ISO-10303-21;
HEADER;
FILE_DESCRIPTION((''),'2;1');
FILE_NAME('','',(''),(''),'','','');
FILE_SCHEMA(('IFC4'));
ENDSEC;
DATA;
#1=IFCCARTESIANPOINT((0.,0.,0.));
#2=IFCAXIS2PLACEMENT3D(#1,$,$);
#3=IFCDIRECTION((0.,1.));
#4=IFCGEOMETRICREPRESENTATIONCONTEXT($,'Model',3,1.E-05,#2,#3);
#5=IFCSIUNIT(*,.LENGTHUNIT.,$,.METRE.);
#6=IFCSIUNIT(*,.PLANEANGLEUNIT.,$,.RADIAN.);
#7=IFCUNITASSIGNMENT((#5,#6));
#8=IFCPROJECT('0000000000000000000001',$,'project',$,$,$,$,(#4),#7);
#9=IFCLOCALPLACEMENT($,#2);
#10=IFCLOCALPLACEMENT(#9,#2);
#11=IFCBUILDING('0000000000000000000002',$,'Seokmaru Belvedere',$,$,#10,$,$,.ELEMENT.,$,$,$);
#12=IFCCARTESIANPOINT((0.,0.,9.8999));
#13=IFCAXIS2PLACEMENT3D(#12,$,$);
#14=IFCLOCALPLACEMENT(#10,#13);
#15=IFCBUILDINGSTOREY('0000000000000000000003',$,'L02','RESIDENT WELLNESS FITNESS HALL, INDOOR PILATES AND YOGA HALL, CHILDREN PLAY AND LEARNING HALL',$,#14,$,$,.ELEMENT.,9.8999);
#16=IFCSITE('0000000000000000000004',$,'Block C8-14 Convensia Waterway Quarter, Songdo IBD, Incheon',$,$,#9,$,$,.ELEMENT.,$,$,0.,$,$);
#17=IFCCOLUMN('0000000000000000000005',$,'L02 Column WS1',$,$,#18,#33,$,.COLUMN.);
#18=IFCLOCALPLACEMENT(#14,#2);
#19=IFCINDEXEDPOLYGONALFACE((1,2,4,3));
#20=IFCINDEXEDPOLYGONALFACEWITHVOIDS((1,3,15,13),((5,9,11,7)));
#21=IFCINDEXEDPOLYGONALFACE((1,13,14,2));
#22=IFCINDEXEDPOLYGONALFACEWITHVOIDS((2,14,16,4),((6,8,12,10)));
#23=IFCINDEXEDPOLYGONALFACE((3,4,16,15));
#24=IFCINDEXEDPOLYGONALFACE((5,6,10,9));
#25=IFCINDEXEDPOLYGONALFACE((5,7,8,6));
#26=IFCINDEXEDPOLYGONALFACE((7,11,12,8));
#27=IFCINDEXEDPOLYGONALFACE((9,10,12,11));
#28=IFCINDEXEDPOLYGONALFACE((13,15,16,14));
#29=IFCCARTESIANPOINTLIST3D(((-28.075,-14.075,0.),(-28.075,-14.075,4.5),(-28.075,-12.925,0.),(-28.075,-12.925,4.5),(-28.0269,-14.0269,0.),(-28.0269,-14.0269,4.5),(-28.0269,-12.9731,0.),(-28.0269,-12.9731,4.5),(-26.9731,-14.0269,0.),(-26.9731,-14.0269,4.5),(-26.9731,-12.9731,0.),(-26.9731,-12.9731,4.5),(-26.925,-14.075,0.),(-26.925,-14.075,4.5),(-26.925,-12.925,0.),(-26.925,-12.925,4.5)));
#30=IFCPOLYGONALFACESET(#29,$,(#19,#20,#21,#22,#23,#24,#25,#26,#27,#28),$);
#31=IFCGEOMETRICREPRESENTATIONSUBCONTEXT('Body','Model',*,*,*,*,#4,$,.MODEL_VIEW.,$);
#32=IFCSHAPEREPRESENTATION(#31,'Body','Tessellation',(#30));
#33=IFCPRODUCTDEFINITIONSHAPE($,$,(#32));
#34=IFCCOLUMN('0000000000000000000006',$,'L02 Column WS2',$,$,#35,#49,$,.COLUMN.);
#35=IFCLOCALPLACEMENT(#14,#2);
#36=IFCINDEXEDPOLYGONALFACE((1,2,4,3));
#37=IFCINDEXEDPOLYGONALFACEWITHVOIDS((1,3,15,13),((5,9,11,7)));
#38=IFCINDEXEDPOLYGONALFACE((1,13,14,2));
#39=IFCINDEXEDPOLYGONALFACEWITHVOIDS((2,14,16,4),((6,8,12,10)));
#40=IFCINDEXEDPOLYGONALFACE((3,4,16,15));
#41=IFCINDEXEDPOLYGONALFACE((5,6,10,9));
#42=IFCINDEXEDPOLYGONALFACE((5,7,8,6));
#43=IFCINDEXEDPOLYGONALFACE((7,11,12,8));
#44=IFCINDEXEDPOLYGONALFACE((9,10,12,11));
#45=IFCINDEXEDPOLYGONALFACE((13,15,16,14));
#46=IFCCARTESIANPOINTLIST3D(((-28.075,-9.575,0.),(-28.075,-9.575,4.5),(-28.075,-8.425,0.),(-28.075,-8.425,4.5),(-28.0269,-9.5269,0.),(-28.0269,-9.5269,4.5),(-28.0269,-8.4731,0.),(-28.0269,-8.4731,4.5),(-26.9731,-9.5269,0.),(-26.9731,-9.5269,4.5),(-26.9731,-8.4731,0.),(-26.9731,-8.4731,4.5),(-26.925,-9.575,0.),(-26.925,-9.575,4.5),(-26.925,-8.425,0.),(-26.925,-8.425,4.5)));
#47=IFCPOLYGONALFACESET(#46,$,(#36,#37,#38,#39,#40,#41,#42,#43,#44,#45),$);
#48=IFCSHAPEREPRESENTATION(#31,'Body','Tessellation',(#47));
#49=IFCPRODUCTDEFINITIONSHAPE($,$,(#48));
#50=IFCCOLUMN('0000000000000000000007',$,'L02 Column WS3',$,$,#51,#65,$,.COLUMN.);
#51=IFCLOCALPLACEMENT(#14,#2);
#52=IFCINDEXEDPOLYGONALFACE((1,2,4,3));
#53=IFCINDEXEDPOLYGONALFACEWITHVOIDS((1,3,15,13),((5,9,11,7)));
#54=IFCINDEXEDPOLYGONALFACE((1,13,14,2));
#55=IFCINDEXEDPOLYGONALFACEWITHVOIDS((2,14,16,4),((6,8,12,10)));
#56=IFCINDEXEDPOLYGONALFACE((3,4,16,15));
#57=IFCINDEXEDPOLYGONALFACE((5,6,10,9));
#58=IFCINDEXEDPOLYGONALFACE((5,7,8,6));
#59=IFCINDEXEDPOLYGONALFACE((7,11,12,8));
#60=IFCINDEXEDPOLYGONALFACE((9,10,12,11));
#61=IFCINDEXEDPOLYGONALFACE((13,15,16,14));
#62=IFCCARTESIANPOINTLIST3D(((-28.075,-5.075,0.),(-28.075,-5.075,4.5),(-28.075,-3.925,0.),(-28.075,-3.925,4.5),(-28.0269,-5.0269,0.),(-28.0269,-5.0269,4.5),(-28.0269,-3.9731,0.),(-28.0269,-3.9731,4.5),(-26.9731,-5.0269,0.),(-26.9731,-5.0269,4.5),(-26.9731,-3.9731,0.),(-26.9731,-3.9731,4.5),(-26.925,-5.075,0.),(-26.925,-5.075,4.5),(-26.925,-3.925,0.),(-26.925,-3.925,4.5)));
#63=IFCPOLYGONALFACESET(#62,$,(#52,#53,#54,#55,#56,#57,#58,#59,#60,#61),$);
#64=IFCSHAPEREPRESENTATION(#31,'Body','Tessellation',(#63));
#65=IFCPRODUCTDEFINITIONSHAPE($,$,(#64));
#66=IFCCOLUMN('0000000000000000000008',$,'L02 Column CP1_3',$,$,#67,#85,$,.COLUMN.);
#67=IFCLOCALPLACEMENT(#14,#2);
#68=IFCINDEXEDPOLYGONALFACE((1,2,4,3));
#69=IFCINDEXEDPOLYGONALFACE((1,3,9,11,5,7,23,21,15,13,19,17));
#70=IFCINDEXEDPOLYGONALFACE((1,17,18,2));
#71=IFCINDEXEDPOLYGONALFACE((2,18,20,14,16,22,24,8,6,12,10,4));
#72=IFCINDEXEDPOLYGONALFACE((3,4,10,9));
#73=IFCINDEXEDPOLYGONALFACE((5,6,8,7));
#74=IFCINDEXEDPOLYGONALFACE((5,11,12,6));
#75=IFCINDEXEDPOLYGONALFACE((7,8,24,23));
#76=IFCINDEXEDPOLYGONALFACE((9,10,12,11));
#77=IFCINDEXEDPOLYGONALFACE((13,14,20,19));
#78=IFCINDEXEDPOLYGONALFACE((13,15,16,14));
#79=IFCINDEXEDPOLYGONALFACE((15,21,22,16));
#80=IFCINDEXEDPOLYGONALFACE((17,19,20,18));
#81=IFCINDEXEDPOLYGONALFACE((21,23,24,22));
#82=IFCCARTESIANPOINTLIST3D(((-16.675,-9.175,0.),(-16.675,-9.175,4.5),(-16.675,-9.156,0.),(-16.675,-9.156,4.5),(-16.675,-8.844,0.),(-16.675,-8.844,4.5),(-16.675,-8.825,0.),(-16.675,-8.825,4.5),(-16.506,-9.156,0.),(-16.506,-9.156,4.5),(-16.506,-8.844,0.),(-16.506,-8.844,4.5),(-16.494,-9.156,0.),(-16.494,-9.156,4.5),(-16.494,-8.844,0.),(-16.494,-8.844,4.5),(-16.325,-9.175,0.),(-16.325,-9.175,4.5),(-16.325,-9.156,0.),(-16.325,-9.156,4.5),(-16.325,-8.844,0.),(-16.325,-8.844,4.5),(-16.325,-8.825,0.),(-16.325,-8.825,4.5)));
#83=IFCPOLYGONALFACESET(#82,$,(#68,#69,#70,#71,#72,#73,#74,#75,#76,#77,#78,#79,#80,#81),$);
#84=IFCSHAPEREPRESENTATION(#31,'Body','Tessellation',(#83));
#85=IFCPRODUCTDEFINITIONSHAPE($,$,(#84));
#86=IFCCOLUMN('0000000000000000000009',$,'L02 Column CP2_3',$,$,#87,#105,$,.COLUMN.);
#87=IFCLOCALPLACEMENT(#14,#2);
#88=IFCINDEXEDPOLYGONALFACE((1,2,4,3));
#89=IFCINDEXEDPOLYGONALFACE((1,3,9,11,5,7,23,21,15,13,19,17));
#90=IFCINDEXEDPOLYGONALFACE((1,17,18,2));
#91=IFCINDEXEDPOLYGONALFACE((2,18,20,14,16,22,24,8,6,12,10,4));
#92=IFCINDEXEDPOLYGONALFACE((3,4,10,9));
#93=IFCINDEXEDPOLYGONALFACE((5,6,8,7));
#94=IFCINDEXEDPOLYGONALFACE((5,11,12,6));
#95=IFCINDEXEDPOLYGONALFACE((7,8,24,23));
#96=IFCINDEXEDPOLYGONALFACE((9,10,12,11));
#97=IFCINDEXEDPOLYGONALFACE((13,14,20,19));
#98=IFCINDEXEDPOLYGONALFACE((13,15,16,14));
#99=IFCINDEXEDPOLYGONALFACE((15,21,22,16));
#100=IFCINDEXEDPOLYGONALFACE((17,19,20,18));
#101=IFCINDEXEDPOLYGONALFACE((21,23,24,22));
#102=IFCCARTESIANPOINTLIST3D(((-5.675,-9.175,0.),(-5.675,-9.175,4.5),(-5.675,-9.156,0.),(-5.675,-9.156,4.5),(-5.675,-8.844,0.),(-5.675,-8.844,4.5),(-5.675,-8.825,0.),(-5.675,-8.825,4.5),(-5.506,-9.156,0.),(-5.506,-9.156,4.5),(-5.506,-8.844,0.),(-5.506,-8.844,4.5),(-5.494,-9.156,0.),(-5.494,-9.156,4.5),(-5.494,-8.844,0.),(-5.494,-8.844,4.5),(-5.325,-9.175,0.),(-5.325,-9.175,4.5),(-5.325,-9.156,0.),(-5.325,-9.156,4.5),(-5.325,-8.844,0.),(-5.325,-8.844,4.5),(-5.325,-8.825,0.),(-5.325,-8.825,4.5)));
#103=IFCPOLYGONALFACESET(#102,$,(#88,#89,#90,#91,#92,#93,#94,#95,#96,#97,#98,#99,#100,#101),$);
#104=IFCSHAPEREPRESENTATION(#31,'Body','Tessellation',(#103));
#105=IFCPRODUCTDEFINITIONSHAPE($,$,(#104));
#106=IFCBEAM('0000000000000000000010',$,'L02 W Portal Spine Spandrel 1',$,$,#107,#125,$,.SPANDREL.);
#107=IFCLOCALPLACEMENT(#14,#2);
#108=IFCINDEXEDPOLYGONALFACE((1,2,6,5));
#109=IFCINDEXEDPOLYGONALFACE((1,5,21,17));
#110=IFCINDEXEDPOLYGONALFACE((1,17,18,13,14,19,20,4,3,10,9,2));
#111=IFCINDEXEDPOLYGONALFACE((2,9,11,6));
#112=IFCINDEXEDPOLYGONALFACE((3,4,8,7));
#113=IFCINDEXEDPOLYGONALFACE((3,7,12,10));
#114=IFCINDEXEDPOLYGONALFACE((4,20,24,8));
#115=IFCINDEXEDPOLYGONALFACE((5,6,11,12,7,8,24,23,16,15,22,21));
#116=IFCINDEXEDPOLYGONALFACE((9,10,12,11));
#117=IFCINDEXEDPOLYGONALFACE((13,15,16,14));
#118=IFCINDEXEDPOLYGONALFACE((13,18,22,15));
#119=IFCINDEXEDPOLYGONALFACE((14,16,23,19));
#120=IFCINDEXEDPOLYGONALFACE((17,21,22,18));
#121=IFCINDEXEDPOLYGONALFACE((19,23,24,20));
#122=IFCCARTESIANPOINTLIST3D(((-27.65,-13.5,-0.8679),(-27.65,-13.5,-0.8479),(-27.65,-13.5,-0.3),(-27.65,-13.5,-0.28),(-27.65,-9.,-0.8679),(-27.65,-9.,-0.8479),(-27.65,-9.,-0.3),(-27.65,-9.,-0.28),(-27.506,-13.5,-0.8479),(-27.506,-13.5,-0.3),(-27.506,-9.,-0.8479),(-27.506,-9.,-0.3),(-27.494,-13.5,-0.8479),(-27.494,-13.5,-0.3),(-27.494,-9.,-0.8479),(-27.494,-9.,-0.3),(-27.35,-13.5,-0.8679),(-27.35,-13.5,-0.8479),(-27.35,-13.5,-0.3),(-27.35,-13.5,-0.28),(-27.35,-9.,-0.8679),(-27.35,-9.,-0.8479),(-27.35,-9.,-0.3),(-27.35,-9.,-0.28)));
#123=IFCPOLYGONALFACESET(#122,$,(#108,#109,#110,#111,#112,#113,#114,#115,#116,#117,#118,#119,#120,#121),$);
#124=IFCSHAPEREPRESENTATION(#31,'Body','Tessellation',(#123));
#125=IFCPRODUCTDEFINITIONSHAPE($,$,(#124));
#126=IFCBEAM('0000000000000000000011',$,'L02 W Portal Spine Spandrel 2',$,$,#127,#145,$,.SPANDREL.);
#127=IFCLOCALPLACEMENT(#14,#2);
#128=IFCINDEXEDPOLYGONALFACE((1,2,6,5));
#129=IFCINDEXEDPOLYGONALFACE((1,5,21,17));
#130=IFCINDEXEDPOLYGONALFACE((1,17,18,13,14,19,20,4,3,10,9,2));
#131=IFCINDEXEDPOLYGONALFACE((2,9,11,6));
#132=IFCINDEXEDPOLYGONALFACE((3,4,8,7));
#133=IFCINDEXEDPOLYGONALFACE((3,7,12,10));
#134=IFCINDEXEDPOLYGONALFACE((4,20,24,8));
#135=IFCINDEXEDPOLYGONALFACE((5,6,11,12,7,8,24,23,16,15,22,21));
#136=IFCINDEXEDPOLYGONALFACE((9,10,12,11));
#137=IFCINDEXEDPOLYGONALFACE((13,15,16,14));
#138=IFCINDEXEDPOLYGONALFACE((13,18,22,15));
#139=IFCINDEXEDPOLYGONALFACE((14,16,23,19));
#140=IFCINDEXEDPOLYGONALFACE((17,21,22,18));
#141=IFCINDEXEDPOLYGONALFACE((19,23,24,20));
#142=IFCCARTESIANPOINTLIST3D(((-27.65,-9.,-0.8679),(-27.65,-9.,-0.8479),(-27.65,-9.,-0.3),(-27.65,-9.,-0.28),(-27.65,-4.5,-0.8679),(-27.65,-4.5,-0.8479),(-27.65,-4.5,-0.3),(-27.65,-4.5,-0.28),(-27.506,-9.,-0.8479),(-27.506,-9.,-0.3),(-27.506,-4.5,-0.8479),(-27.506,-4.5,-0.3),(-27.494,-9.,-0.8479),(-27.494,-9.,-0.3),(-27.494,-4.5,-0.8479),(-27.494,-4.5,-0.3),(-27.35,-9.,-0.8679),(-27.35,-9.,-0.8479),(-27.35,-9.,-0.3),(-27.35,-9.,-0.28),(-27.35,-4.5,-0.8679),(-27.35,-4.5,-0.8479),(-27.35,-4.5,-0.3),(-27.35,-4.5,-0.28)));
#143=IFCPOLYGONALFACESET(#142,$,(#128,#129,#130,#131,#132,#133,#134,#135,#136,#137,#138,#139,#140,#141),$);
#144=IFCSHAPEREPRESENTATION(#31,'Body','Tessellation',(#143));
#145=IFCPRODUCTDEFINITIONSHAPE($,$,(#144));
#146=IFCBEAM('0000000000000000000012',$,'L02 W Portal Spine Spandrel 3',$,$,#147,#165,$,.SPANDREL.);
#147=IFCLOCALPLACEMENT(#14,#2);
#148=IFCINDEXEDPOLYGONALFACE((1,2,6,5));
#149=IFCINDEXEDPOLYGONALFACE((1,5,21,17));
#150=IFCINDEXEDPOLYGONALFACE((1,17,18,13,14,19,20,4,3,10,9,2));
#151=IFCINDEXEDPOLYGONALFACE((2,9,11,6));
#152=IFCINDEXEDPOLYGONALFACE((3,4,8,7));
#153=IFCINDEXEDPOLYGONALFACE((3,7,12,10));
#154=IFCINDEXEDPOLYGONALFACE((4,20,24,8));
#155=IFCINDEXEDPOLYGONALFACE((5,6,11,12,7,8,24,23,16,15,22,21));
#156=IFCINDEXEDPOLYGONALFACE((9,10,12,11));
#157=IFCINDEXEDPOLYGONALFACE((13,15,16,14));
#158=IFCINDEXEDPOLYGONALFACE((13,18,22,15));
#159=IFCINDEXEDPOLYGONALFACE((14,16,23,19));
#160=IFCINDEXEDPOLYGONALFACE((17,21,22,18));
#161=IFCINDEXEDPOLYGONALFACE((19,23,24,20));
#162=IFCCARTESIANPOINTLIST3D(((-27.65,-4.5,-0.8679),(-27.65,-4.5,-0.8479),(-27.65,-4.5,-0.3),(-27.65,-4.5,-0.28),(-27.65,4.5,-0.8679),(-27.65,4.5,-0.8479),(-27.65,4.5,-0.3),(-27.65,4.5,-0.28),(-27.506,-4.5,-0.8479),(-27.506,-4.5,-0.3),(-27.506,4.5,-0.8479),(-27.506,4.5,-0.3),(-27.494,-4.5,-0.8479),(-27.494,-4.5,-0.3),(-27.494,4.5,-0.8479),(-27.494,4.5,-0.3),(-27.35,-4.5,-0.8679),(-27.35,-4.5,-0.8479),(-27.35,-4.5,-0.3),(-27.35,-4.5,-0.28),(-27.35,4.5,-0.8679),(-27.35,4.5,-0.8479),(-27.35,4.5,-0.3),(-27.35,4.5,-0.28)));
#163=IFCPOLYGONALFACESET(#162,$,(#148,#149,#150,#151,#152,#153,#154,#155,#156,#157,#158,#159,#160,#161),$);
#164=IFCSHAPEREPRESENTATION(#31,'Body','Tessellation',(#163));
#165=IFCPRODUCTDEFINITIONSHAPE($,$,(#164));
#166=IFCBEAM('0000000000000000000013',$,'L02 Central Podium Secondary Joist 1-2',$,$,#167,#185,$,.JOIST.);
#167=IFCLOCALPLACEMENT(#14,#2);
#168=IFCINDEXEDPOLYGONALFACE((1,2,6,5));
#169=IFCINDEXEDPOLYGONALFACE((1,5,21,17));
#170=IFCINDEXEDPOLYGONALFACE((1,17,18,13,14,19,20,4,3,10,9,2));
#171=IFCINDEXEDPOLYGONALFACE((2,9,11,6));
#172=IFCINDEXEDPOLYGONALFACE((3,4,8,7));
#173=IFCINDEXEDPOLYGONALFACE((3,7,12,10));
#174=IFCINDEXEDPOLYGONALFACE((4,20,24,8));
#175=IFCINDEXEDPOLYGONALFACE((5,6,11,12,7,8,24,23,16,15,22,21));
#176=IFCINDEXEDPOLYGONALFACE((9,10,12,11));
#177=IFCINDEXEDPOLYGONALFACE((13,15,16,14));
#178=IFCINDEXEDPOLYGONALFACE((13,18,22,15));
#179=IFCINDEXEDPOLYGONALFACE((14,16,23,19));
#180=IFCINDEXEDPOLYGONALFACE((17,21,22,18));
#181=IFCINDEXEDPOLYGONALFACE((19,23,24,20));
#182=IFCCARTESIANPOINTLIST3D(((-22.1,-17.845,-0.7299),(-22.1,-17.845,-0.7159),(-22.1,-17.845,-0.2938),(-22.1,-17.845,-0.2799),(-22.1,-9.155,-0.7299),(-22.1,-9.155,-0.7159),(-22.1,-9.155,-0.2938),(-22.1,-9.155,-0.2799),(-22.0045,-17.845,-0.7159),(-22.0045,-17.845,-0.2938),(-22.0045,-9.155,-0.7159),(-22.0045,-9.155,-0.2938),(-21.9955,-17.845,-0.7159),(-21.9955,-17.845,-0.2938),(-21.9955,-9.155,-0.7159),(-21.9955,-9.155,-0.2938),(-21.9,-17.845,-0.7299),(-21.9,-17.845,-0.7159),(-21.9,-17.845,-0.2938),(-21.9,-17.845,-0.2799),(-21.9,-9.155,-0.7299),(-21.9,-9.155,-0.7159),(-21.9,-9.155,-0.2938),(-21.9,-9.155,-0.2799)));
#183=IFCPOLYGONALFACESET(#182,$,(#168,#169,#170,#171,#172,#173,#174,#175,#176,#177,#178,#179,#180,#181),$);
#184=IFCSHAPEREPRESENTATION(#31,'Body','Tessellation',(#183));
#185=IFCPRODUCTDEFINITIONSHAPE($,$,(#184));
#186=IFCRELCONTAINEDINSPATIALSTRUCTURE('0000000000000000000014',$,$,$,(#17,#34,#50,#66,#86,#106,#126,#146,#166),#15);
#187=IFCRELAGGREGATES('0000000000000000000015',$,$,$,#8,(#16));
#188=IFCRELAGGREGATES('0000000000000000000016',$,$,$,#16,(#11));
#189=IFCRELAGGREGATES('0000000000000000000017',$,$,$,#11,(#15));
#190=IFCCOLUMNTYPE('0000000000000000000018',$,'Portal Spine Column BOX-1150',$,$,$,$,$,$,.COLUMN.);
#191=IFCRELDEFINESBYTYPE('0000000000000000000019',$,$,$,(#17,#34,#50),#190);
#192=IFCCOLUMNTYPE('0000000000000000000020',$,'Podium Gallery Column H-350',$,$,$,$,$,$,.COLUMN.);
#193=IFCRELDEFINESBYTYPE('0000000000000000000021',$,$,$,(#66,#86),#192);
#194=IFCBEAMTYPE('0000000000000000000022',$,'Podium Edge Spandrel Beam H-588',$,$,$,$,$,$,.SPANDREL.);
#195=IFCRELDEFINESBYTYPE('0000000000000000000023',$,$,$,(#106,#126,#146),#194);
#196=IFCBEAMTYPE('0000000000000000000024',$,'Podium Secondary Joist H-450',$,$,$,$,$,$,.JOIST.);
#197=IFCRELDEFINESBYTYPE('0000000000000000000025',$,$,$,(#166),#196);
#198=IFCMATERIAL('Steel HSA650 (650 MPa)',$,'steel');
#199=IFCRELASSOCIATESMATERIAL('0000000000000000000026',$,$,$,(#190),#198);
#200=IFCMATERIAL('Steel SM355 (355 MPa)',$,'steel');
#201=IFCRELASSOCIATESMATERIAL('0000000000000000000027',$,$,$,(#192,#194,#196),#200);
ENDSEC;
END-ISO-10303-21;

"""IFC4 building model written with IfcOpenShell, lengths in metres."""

from ifc_helpers import new_model, si_unit, direction, frame, origin, origin_2d, place, context, subcontext, project, spatial, hollow_rectangle, i_section, extrude, source, transform, mapped, material, material_profile, profile_set, type_object, type_shapes, element, save


model = new_model("IFC4")

# Units and contexts
model_context = context("Model", 3, precision=1e-05, world=origin(), true_north=direction((0.0, 1.0)))
body_context = subcontext(model_context, "Body", "Model", "MODEL_VIEW")
ifc_project = project(units=[si_unit("LENGTHUNIT", "METRE"), si_unit("PLANEANGLEUNIT", "RADIAN")], contexts=[model_context])

# Site, building, storey
site_placement = place(None, origin())
site = spatial("IfcSite", under=ifc_project, at=site_placement, Name="Block C8-14 Convensia Waterway Quarter, Songdo IBD, Incheon", CompositionType="ELEMENT", RefElevation=0.0)
building_placement = place(site_placement, origin())
building = spatial("IfcBuilding", under=site, at=building_placement, Name="Seokmaru Belvedere", CompositionType="ELEMENT")
storey_placement = place(building_placement, frame((0.0, 0.0, 9.8999)))
storey = spatial("IfcBuildingStorey", under=building, at=storey_placement, Name="L02", Description="RESIDENT WELLNESS FITNESS HALL, INDOOR PILATES AND YOGA HALL, CHILDREN PLAY AND LEARNING HALL", CompositionType="ELEMENT", Elevation=9.8999)

# Columns
ifc_material_1 = material(Name="Steel HSA650 (650 MPa)", Category="steel")
ifc_material_profile_1 = material_profile(ifc_material_1, hollow_rectangle(XDim=1.1499, YDim=1.1499, WallThickness=0.0481, at=origin_2d()), Name="BOX-1150x1150x48")
ifc_profile_set_1 = profile_set([ifc_material_profile_1], Name="Steel HSA650 (650 MPa)")
column_type_1 = type_object("IfcColumnType", Name="Portal Spine Column BOX-1150", PredefinedType="COLUMN", material=ifc_profile_set_1)
shared_shape_1 = source(origin(), body_context, "Body", "SweptSolid", [
    extrude(hollow_rectangle(XDim=1.1499, YDim=1.1499, WallThickness=0.0481, at=origin_2d()), origin(), (0.0, 0.0, 1.0), 4.5),
])
type_shapes(column_type_1, [shared_shape_1])
for number, where, z_axis, x_axis, name in (
    (1, (-27.5, -13.5, 0.0), (0.0, 0.0, 1.0), (1.0, 0.0, 0.0), "L02 Column WS1"),
    (2, (-27.5, -9.0, 0.0), (0.0, 0.0, 1.0), (1.0, 0.0, 0.0), "L02 Column WS2"),
    (3, (-27.5, -4.5, 0.0), (0.0, 0.0, 1.0), (1.0, 0.0, 0.0), "L02 Column WS3"),
):
    element("IfcColumn", number, at=place(storey_placement, frame(where, z_axis=z_axis, x_axis=x_axis)), inside=storey, type_object=column_type_1, Name=name, PredefinedType="COLUMN", context=body_context, shape_type="MappedRepresentation", body=[
        mapped(shared_shape_1, transform((0.0, 0.0, 0.0), scale=1.0)),
    ])
ifc_material_2 = material(Name="Steel SM355 (355 MPa)", Category="steel")
ifc_material_profile_2 = material_profile(ifc_material_2, i_section(OverallWidth=0.3501, OverallDepth=0.3501, WebThickness=0.012, FlangeThickness=0.019, at=origin_2d()), Name="H-350x350x12x19")
ifc_profile_set_2 = profile_set([ifc_material_profile_2], Name="Steel SM355 (355 MPa)")
column_type_2 = type_object("IfcColumnType", Name="Podium Gallery Column H-350", PredefinedType="COLUMN", material=ifc_profile_set_2)
shared_shape_2 = source(origin(), body_context, "Body", "SweptSolid", [
    extrude(i_section(OverallWidth=0.3501, OverallDepth=0.3501, WebThickness=0.012, FlangeThickness=0.019, at=origin_2d()), origin(), (0.0, 0.0, 1.0), 4.5),
])
type_shapes(column_type_2, [shared_shape_2])
for number, where, z_axis, x_axis, name in (
    (4, (-16.5, -9.0, 0.0), (0.0, 0.0, 1.0), (1.0, 0.0, 0.0), "L02 Column CP1_3"),
    (5, (-5.5, -9.0, 0.0), (0.0, 0.0, 1.0), (1.0, 0.0, 0.0), "L02 Column CP2_3"),
):
    element("IfcColumn", number, at=place(storey_placement, frame(where, z_axis=z_axis, x_axis=x_axis)), inside=storey, type_object=column_type_2, Name=name, PredefinedType="COLUMN", context=body_context, shape_type="MappedRepresentation", body=[
        mapped(shared_shape_2, transform((0.0, 0.0, 0.0), scale=1.0)),
    ])

# Beams
ifc_material_profile_3 = material_profile(ifc_material_2, i_section(OverallWidth=0.3, OverallDepth=0.5879, WebThickness=0.012, FlangeThickness=0.02, at=origin_2d()), Name="H-588x300x12x20")
ifc_profile_set_3 = profile_set([ifc_material_profile_3], Name="Steel SM355 (355 MPa)")
beam_type_1 = type_object("IfcBeamType", Name="Podium Edge Spandrel Beam H-588", PredefinedType="SPANDREL", material=ifc_profile_set_3)
shared_shape_3 = source(origin(), body_context, "Body", "SweptSolid", [
    extrude(i_section(OverallWidth=0.3, OverallDepth=0.5879, WebThickness=0.012, FlangeThickness=0.02, at=origin_2d()), origin(), (0.0, 0.0, 1.0), 4.5),
])
for number, where, z_axis, x_axis, name in (
    (6, (-27.5, -13.5, -0.574), (0.0, 1.0, 0.0), (-1.0, 0.0, 0.0), "L02 W Portal Spine Spandrel 1"),
    (7, (-27.5, -9.0, -0.574), (0.0, 1.0, 0.0), (-1.0, 0.0, 0.0), "L02 W Portal Spine Spandrel 2"),
):
    element("IfcBeam", number, at=place(storey_placement, frame(where, z_axis=z_axis, x_axis=x_axis)), inside=storey, type_object=beam_type_1, Name=name, PredefinedType="SPANDREL", context=body_context, shape_type="MappedRepresentation", body=[
        mapped(shared_shape_3, transform((0.0, 0.0, 0.0), scale=1.0)),
    ])
shared_shape_4 = source(origin(), body_context, "Body", "SweptSolid", [
    extrude(i_section(OverallWidth=0.3, OverallDepth=0.5879, WebThickness=0.012, FlangeThickness=0.02, at=origin_2d()), origin(), (0.0, 0.0, 1.0), 9.0),
])
type_shapes(beam_type_1, [shared_shape_3, shared_shape_4])
beam_1_placement = place(storey_placement, frame((-27.5, -4.5, -0.574), z_axis=(0.0, 1.0, 0.0), x_axis=(-1.0, 0.0, 0.0)))
element("IfcBeam", 8, at=beam_1_placement, inside=storey, type_object=beam_type_1, Name="L02 W Portal Spine Spandrel 3", PredefinedType="SPANDREL", context=body_context, shape_type="MappedRepresentation", body=[
    mapped(shared_shape_4, transform((0.0, 0.0, 0.0), scale=1.0)),
])
ifc_material_profile_4 = material_profile(ifc_material_2, i_section(OverallWidth=0.2, OverallDepth=0.45, WebThickness=0.009, FlangeThickness=0.0139, at=origin_2d()), Name="H-450x200x9x14")
ifc_profile_set_4 = profile_set([ifc_material_profile_4], Name="Steel SM355 (355 MPa)")
beam_type_2 = type_object("IfcBeamType", Name="Podium Secondary Joist H-450", PredefinedType="JOIST", material=ifc_profile_set_4)
shared_shape_5 = source(origin(), body_context, "Body", "SweptSolid", [
    extrude(i_section(OverallWidth=0.2, OverallDepth=0.45, WebThickness=0.009, FlangeThickness=0.0139, at=origin_2d()), origin(), (0.0, 0.0, 1.0), 8.6899),
])
type_shapes(beam_type_2, [shared_shape_5])
for number, where, z_axis, x_axis, name in (
    (9, (-22.0, -17.845, -0.5049), (0.0, 1.0, 0.0), (-1.0, 0.0, 0.0), "L02 Central Podium Secondary Joist 1-2"),
):
    element("IfcBeam", number, at=place(storey_placement, frame(where, z_axis=z_axis, x_axis=x_axis)), inside=storey, type_object=beam_type_2, Name=name, PredefinedType="JOIST", context=body_context, shape_type="MappedRepresentation", body=[
        mapped(shared_shape_5, transform((0.0, 0.0, 0.0), scale=1.0)),
    ])

save(model, "model.ifc")
